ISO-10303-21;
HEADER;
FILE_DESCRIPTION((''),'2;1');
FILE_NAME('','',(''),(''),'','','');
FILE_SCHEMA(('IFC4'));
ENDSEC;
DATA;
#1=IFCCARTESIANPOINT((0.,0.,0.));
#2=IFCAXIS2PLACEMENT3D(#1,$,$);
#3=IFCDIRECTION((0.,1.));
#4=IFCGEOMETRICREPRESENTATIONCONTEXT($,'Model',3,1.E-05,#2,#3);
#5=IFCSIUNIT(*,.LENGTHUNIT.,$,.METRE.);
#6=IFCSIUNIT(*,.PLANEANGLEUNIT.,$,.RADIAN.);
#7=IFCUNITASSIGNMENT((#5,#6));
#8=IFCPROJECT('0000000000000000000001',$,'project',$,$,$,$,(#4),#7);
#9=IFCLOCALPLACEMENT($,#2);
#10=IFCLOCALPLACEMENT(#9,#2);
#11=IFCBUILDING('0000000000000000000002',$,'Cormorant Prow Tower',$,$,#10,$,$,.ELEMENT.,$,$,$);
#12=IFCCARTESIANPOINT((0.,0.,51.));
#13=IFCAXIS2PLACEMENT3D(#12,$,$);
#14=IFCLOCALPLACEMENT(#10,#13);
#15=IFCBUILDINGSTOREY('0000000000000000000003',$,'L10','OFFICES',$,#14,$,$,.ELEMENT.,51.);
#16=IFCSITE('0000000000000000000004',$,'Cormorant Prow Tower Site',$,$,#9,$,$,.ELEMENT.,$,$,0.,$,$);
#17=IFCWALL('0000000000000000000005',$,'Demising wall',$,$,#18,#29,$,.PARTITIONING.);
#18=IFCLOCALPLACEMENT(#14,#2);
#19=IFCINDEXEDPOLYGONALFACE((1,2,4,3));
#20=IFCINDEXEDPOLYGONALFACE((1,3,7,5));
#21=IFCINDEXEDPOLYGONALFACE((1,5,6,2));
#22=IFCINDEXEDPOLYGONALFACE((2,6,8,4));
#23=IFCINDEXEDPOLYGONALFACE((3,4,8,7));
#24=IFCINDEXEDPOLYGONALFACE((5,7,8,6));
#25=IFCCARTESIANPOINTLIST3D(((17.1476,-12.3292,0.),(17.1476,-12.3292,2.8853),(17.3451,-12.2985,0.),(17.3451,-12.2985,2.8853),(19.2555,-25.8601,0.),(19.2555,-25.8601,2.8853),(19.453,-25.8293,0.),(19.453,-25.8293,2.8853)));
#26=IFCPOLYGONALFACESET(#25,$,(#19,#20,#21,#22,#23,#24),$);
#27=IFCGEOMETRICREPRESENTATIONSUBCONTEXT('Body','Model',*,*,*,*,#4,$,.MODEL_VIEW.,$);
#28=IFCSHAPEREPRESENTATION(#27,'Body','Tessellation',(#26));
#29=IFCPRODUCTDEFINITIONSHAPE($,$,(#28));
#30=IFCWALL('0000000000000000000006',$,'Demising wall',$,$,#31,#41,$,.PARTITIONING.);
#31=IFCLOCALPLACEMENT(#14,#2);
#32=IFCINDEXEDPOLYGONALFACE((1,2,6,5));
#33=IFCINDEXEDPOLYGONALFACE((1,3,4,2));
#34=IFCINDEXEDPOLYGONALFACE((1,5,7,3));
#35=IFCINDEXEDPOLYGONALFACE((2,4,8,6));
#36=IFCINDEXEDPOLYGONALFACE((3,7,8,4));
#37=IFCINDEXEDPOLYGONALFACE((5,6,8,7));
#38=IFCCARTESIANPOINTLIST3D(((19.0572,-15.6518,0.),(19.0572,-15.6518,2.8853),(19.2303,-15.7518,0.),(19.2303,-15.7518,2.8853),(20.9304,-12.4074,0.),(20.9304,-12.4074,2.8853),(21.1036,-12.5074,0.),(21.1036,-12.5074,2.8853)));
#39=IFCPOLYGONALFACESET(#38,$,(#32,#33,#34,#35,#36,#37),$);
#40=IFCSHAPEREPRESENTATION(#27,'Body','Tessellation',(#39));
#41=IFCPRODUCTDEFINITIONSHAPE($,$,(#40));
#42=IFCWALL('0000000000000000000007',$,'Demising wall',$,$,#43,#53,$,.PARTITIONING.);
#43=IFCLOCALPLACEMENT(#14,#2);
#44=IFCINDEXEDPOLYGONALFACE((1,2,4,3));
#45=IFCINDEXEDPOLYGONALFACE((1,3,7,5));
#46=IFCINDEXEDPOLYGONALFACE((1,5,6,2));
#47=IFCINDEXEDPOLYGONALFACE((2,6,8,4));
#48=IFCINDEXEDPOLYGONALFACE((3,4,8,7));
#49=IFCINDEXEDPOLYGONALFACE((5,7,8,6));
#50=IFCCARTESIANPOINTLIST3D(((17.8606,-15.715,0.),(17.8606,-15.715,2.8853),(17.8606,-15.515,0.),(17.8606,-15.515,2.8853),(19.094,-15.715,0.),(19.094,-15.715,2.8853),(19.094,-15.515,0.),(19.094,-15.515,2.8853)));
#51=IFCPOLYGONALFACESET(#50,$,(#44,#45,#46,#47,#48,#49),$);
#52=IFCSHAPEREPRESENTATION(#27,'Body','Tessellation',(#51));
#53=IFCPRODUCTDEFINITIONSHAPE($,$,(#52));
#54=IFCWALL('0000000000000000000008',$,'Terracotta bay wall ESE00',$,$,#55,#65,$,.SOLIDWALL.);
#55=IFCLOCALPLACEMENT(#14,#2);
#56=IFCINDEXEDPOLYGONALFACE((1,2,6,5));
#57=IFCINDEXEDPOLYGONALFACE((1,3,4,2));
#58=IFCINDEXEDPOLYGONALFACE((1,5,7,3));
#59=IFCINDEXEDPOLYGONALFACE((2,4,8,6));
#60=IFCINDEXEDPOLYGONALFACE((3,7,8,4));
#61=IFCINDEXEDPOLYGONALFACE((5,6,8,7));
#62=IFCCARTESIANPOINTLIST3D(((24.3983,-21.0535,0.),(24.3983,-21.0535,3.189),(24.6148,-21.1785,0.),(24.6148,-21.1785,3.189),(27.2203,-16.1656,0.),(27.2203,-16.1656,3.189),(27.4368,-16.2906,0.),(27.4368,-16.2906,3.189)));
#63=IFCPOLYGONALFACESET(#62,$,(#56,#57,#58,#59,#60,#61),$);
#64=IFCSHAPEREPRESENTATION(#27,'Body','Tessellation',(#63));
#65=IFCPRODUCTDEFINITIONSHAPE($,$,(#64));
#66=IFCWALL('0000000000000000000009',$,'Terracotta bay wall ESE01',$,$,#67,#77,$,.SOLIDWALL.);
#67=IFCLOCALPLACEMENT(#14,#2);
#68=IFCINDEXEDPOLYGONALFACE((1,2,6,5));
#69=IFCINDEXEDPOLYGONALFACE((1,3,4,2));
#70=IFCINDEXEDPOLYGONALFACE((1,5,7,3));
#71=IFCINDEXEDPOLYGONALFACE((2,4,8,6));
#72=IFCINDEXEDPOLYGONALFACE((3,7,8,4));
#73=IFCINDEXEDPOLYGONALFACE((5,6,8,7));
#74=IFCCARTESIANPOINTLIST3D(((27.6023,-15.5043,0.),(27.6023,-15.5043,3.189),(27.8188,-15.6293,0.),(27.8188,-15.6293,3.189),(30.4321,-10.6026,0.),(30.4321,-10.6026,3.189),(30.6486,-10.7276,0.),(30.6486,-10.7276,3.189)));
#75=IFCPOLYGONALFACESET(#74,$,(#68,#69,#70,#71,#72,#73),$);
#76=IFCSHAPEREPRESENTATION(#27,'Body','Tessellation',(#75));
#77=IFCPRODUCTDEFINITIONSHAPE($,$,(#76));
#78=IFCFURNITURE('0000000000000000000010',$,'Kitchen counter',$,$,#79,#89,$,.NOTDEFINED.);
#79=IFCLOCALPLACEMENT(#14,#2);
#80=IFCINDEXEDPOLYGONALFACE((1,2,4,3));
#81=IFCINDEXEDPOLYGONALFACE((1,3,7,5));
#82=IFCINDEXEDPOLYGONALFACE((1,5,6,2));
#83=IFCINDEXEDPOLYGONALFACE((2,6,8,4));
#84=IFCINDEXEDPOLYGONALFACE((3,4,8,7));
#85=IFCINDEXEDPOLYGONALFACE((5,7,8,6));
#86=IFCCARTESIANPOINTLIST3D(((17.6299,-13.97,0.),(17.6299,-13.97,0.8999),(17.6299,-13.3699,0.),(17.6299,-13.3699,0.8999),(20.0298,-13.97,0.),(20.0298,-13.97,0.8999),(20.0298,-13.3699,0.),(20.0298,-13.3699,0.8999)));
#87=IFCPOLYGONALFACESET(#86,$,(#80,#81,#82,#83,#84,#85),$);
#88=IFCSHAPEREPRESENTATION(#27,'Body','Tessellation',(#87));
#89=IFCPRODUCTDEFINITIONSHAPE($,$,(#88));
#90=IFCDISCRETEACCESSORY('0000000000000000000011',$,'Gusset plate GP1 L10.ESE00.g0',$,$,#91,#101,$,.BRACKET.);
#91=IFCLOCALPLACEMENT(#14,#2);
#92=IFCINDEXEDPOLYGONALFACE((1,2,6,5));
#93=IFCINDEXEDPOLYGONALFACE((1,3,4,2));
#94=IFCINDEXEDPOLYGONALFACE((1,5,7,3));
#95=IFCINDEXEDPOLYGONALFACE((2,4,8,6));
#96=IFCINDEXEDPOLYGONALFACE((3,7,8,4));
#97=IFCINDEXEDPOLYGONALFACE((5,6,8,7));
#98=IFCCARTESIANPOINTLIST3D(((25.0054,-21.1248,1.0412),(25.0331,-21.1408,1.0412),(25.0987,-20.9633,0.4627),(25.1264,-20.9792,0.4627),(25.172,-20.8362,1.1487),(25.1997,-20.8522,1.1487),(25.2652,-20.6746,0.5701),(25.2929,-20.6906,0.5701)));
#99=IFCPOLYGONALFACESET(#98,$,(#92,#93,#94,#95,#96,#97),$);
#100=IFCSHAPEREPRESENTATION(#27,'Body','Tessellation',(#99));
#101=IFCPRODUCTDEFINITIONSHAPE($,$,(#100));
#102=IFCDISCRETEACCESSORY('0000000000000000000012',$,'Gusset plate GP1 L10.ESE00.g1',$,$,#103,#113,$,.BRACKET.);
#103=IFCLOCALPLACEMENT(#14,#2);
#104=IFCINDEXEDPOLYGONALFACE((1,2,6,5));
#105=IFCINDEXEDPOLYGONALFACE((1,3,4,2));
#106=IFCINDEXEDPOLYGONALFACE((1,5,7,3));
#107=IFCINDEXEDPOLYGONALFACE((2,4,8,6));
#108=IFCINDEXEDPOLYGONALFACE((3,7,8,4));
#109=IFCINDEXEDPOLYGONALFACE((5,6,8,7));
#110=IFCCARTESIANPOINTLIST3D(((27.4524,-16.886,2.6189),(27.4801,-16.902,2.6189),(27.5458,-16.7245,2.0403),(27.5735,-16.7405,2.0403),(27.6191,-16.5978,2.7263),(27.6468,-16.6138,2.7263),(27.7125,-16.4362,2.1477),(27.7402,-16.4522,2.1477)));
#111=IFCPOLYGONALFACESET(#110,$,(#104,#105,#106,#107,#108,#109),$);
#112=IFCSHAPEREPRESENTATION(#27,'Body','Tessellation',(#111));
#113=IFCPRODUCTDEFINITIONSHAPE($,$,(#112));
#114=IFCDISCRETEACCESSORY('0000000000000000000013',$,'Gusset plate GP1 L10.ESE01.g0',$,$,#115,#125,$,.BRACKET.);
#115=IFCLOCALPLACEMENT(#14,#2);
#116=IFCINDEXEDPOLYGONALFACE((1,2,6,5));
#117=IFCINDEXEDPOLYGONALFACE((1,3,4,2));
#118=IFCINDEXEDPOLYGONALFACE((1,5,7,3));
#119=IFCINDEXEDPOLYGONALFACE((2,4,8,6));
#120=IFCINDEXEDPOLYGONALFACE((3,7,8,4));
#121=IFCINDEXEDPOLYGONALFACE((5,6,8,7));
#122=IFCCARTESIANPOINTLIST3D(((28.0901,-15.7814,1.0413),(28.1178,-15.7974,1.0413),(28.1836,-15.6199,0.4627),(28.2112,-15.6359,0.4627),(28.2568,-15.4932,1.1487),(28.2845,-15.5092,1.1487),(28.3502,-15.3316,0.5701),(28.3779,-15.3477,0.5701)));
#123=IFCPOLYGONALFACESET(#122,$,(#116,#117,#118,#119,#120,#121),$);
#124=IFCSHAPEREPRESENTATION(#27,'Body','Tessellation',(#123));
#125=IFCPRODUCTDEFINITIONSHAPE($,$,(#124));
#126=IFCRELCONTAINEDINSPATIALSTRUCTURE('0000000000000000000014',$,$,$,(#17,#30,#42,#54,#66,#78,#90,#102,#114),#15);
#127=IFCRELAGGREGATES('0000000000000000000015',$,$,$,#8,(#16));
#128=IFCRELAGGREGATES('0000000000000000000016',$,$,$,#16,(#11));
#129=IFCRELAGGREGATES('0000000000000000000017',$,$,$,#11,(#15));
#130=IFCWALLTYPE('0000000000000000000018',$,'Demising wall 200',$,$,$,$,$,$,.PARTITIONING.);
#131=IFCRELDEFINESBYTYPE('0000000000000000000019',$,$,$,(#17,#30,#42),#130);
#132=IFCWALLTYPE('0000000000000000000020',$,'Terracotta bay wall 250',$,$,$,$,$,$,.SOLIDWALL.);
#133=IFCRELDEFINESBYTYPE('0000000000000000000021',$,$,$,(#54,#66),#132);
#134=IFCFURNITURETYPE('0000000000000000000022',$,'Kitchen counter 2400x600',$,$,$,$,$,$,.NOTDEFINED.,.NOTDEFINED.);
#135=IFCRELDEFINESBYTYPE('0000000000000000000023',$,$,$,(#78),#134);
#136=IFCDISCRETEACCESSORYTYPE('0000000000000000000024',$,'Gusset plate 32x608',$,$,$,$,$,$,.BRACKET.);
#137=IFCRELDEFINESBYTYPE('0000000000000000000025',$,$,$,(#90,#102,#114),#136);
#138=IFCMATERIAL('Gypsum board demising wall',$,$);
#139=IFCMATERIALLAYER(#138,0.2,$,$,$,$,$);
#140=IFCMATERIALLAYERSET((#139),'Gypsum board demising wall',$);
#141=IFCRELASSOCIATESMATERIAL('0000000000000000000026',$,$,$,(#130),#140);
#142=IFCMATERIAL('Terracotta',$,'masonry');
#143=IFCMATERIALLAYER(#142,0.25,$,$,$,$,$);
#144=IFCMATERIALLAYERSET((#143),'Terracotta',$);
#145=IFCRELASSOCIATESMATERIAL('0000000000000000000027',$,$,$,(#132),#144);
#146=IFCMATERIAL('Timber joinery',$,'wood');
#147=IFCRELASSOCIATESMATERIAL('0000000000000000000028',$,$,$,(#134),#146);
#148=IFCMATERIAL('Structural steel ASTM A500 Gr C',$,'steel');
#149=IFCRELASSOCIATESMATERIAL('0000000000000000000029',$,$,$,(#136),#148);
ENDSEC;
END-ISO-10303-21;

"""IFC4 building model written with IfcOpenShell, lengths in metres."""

from ifc_helpers import new_model, si_unit, direction, frame, frame_2d, origin, origin_2d, place, context, subcontext, project, spatial, rectangle, extrude, material, layer, layer_set, material_profile, profile_set, type_object, element, save


model = new_model("IFC4")

# Units and contexts
model_context = context("Model", 3, precision=1e-05, world=origin(), true_north=direction((0.0, 1.0)))
body_context = subcontext(model_context, "Body", "Model", "MODEL_VIEW")
ifc_project = project(units=[si_unit("LENGTHUNIT", "METRE"), si_unit("PLANEANGLEUNIT", "RADIAN")], contexts=[model_context])

# Site, building, storey
site_placement = place(None, origin())
site = spatial("IfcSite", under=ifc_project, at=site_placement, Name="Cormorant Prow Tower Site", CompositionType="ELEMENT", RefElevation=0.0)
building_placement = place(site_placement, origin())
building = spatial("IfcBuilding", under=site, at=building_placement, Name="Cormorant Prow Tower", CompositionType="ELEMENT")
storey_placement = place(building_placement, frame((0.0, 0.0, 51.0)))
storey = spatial("IfcBuildingStorey", under=building, at=storey_placement, Name="L10", Description="OFFICES", CompositionType="ELEMENT", Elevation=51.0)

# Walls
ifc_material_1 = material(Name="Gypsum board demising wall")
ifc_layer_1 = layer(ifc_material_1, 0.2)
ifc_layer_set_1 = layer_set([ifc_layer_1], Name="Gypsum board demising wall")
wall_type_1 = type_object("IfcWallType", Name="Demising wall 200", PredefinedType="PARTITIONING", material=ifc_layer_set_1)
wall_1_placement = place(storey_placement, frame((17.2463, -12.3137, 0.0), z_axis=(0.0, 0.0, 1.0), x_axis=(0.153927, -0.988082, 0.0)))
element("IfcWall", 1, at=wall_1_placement, inside=storey, type_object=wall_type_1, Name="Demising wall", PredefinedType="PARTITIONING", context=body_context, shape_type="SweptSolid", body=[
    extrude(rectangle(XDim=13.6941, YDim=0.2, at=frame_2d((6.8472, 0.0))), origin(), (0.0, 0.0, 1.0), 2.8853),
])
wall_2_placement = place(storey_placement, frame((19.1438, -15.7017, 0.0), z_axis=(0.0, 0.0, 1.0), x_axis=(0.500029, 0.866009, 0.0)))
element("IfcWall", 2, at=wall_2_placement, inside=storey, type_object=wall_type_1, Name="Demising wall", PredefinedType="PARTITIONING", context=body_context, shape_type="SweptSolid", body=[
    extrude(rectangle(XDim=3.7463, YDim=0.2, at=frame_2d((1.873, 0.0))), origin(), (0.0, 0.0, 1.0), 2.8853),
])
wall_3_placement = place(storey_placement, frame((17.8606, -15.615, 0.0), z_axis=(0.0, 0.0, 1.0), x_axis=(1.0, 0.0, 0.0)))
element("IfcWall", 3, at=wall_3_placement, inside=storey, type_object=wall_type_1, Name="Demising wall", PredefinedType="PARTITIONING", context=body_context, shape_type="SweptSolid", body=[
    extrude(rectangle(XDim=1.2334, YDim=0.2, at=frame_2d((0.6167, 0.0))), origin(), (0.0, 0.0, 1.0), 2.8853),
])
ifc_material_2 = material(Name="Terracotta", Category="masonry")
ifc_layer_2 = layer(ifc_material_2, 0.25)
ifc_layer_set_2 = layer_set([ifc_layer_2], Name="Terracotta")
wall_type_2 = type_object("IfcWallType", Name="Terracotta bay wall 250", PredefinedType="SOLIDWALL", material=ifc_layer_set_2)
wall_4_placement = place(storey_placement, frame((24.5066, -21.116, 0.0), z_axis=(0.0, 0.0, 1.0), x_axis=(0.499996, 0.866028, 0.0)))
element("IfcWall", 4, at=wall_4_placement, inside=storey, type_object=wall_type_2, Name="Terracotta bay wall ESE00", PredefinedType="SOLIDWALL", context=body_context, shape_type="SweptSolid", body=[
    extrude(rectangle(XDim=5.644, YDim=0.25, at=frame_2d((2.822, 0.0))), origin(), (0.0, 0.0, 1.0), 3.189),
])
wall_5_placement = place(storey_placement, frame((27.7104, -15.5669, 0.0), z_axis=(0.0, 0.0, 1.0), x_axis=(0.499985, 0.866034, 0.0)))
element("IfcWall", 5, at=wall_5_placement, inside=storey, type_object=wall_type_2, Name="Terracotta bay wall ESE01", PredefinedType="SOLIDWALL", context=body_context, shape_type="SweptSolid", body=[
    extrude(rectangle(XDim=5.6599, YDim=0.25, at=frame_2d((2.8301, 0.0))), origin(), (0.0, 0.0, 1.0), 3.189),
])

# Furniture
ifc_material_3 = material(Name="Timber joinery", Category="wood")
furniture_type = type_object("IfcFurnitureType", Name="Kitchen counter 2400x600", AssemblyPlace="NOTDEFINED", PredefinedType="NOTDEFINED", material=ifc_material_3)
furniture_placement = place(storey_placement, frame((18.8298, -13.6699, 0.0), z_axis=(0.0, 0.0, 1.0), x_axis=(1.0, 0.0, 0.0)))
element("IfcFurniture", 6, at=furniture_placement, inside=storey, type_object=furniture_type, Name="Kitchen counter", PredefinedType="NOTDEFINED", context=body_context, shape_type="SweptSolid", body=[
    extrude(rectangle(XDim=2.3999, YDim=0.6001, at=origin_2d()), origin(), (0.0, 0.0, 1.0), 0.8999),
])

# Discrete accessories
ifc_material_4 = material(Name="Structural steel ASTM A500 Gr C", Category="steel")
ifc_material_profile_1 = material_profile(ifc_material_4, rectangle(XDim=0.032, YDim=0.6079, at=origin_2d()), Name="Gusset plate 32x608")
ifc_profile_set_1 = profile_set([ifc_material_profile_1], Name="Structural steel ASTM A500 Gr C")
discrete_accessory_type = type_object("IfcDiscreteAccessoryType", Name="Gusset plate 32x608", PredefinedType="BRACKET", material=ifc_profile_set_1)
discrete_accessory_placement = place(storey_placement, frame((25.2324, -20.7634, 0.8594), z_axis=(-0.475652, -0.82437, -0.306872), x_axis=(0.866161, -0.499765, 0.0)))
element("IfcDiscreteAccessory", 7, at=discrete_accessory_placement, inside=storey, type_object=discrete_accessory_type, Name="Gusset plate GP1 L10.ESE00.g0", PredefinedType="BRACKET", context=body_context, shape_type="SweptSolid", body=[
    extrude(rectangle(XDim=0.032, YDim=0.6079, at=origin_2d()), origin(), (0.0, 0.0, 1.0), 0.3501),
])
for number, where, z_axis, x_axis, name in (
    (8, (27.5129, -16.8132, 2.3296), (0.476465, 0.823872, 0.306946), (-0.86566, 0.500632, 0.0), "Gusset plate GP1 L10.ESE00.g1"),
    (9, (28.3174, -15.4204, 0.8594), (-0.476465, -0.823872, -0.306946), (0.86566, -0.500632, 0.0), "Gusset plate GP1 L10.ESE01.g0"),
):
    element("IfcDiscreteAccessory", number, at=place(storey_placement, frame(where, z_axis=z_axis, x_axis=x_axis)), inside=storey, type_object=discrete_accessory_type, Name=name, PredefinedType="BRACKET", context=body_context, shape_type="SweptSolid", body=[
        extrude(rectangle(XDim=0.032, YDim=0.6079, at=origin_2d()), origin(), (0.0, 0.0, 1.0), 0.3499),
    ])

save(model, "model.ifc")
